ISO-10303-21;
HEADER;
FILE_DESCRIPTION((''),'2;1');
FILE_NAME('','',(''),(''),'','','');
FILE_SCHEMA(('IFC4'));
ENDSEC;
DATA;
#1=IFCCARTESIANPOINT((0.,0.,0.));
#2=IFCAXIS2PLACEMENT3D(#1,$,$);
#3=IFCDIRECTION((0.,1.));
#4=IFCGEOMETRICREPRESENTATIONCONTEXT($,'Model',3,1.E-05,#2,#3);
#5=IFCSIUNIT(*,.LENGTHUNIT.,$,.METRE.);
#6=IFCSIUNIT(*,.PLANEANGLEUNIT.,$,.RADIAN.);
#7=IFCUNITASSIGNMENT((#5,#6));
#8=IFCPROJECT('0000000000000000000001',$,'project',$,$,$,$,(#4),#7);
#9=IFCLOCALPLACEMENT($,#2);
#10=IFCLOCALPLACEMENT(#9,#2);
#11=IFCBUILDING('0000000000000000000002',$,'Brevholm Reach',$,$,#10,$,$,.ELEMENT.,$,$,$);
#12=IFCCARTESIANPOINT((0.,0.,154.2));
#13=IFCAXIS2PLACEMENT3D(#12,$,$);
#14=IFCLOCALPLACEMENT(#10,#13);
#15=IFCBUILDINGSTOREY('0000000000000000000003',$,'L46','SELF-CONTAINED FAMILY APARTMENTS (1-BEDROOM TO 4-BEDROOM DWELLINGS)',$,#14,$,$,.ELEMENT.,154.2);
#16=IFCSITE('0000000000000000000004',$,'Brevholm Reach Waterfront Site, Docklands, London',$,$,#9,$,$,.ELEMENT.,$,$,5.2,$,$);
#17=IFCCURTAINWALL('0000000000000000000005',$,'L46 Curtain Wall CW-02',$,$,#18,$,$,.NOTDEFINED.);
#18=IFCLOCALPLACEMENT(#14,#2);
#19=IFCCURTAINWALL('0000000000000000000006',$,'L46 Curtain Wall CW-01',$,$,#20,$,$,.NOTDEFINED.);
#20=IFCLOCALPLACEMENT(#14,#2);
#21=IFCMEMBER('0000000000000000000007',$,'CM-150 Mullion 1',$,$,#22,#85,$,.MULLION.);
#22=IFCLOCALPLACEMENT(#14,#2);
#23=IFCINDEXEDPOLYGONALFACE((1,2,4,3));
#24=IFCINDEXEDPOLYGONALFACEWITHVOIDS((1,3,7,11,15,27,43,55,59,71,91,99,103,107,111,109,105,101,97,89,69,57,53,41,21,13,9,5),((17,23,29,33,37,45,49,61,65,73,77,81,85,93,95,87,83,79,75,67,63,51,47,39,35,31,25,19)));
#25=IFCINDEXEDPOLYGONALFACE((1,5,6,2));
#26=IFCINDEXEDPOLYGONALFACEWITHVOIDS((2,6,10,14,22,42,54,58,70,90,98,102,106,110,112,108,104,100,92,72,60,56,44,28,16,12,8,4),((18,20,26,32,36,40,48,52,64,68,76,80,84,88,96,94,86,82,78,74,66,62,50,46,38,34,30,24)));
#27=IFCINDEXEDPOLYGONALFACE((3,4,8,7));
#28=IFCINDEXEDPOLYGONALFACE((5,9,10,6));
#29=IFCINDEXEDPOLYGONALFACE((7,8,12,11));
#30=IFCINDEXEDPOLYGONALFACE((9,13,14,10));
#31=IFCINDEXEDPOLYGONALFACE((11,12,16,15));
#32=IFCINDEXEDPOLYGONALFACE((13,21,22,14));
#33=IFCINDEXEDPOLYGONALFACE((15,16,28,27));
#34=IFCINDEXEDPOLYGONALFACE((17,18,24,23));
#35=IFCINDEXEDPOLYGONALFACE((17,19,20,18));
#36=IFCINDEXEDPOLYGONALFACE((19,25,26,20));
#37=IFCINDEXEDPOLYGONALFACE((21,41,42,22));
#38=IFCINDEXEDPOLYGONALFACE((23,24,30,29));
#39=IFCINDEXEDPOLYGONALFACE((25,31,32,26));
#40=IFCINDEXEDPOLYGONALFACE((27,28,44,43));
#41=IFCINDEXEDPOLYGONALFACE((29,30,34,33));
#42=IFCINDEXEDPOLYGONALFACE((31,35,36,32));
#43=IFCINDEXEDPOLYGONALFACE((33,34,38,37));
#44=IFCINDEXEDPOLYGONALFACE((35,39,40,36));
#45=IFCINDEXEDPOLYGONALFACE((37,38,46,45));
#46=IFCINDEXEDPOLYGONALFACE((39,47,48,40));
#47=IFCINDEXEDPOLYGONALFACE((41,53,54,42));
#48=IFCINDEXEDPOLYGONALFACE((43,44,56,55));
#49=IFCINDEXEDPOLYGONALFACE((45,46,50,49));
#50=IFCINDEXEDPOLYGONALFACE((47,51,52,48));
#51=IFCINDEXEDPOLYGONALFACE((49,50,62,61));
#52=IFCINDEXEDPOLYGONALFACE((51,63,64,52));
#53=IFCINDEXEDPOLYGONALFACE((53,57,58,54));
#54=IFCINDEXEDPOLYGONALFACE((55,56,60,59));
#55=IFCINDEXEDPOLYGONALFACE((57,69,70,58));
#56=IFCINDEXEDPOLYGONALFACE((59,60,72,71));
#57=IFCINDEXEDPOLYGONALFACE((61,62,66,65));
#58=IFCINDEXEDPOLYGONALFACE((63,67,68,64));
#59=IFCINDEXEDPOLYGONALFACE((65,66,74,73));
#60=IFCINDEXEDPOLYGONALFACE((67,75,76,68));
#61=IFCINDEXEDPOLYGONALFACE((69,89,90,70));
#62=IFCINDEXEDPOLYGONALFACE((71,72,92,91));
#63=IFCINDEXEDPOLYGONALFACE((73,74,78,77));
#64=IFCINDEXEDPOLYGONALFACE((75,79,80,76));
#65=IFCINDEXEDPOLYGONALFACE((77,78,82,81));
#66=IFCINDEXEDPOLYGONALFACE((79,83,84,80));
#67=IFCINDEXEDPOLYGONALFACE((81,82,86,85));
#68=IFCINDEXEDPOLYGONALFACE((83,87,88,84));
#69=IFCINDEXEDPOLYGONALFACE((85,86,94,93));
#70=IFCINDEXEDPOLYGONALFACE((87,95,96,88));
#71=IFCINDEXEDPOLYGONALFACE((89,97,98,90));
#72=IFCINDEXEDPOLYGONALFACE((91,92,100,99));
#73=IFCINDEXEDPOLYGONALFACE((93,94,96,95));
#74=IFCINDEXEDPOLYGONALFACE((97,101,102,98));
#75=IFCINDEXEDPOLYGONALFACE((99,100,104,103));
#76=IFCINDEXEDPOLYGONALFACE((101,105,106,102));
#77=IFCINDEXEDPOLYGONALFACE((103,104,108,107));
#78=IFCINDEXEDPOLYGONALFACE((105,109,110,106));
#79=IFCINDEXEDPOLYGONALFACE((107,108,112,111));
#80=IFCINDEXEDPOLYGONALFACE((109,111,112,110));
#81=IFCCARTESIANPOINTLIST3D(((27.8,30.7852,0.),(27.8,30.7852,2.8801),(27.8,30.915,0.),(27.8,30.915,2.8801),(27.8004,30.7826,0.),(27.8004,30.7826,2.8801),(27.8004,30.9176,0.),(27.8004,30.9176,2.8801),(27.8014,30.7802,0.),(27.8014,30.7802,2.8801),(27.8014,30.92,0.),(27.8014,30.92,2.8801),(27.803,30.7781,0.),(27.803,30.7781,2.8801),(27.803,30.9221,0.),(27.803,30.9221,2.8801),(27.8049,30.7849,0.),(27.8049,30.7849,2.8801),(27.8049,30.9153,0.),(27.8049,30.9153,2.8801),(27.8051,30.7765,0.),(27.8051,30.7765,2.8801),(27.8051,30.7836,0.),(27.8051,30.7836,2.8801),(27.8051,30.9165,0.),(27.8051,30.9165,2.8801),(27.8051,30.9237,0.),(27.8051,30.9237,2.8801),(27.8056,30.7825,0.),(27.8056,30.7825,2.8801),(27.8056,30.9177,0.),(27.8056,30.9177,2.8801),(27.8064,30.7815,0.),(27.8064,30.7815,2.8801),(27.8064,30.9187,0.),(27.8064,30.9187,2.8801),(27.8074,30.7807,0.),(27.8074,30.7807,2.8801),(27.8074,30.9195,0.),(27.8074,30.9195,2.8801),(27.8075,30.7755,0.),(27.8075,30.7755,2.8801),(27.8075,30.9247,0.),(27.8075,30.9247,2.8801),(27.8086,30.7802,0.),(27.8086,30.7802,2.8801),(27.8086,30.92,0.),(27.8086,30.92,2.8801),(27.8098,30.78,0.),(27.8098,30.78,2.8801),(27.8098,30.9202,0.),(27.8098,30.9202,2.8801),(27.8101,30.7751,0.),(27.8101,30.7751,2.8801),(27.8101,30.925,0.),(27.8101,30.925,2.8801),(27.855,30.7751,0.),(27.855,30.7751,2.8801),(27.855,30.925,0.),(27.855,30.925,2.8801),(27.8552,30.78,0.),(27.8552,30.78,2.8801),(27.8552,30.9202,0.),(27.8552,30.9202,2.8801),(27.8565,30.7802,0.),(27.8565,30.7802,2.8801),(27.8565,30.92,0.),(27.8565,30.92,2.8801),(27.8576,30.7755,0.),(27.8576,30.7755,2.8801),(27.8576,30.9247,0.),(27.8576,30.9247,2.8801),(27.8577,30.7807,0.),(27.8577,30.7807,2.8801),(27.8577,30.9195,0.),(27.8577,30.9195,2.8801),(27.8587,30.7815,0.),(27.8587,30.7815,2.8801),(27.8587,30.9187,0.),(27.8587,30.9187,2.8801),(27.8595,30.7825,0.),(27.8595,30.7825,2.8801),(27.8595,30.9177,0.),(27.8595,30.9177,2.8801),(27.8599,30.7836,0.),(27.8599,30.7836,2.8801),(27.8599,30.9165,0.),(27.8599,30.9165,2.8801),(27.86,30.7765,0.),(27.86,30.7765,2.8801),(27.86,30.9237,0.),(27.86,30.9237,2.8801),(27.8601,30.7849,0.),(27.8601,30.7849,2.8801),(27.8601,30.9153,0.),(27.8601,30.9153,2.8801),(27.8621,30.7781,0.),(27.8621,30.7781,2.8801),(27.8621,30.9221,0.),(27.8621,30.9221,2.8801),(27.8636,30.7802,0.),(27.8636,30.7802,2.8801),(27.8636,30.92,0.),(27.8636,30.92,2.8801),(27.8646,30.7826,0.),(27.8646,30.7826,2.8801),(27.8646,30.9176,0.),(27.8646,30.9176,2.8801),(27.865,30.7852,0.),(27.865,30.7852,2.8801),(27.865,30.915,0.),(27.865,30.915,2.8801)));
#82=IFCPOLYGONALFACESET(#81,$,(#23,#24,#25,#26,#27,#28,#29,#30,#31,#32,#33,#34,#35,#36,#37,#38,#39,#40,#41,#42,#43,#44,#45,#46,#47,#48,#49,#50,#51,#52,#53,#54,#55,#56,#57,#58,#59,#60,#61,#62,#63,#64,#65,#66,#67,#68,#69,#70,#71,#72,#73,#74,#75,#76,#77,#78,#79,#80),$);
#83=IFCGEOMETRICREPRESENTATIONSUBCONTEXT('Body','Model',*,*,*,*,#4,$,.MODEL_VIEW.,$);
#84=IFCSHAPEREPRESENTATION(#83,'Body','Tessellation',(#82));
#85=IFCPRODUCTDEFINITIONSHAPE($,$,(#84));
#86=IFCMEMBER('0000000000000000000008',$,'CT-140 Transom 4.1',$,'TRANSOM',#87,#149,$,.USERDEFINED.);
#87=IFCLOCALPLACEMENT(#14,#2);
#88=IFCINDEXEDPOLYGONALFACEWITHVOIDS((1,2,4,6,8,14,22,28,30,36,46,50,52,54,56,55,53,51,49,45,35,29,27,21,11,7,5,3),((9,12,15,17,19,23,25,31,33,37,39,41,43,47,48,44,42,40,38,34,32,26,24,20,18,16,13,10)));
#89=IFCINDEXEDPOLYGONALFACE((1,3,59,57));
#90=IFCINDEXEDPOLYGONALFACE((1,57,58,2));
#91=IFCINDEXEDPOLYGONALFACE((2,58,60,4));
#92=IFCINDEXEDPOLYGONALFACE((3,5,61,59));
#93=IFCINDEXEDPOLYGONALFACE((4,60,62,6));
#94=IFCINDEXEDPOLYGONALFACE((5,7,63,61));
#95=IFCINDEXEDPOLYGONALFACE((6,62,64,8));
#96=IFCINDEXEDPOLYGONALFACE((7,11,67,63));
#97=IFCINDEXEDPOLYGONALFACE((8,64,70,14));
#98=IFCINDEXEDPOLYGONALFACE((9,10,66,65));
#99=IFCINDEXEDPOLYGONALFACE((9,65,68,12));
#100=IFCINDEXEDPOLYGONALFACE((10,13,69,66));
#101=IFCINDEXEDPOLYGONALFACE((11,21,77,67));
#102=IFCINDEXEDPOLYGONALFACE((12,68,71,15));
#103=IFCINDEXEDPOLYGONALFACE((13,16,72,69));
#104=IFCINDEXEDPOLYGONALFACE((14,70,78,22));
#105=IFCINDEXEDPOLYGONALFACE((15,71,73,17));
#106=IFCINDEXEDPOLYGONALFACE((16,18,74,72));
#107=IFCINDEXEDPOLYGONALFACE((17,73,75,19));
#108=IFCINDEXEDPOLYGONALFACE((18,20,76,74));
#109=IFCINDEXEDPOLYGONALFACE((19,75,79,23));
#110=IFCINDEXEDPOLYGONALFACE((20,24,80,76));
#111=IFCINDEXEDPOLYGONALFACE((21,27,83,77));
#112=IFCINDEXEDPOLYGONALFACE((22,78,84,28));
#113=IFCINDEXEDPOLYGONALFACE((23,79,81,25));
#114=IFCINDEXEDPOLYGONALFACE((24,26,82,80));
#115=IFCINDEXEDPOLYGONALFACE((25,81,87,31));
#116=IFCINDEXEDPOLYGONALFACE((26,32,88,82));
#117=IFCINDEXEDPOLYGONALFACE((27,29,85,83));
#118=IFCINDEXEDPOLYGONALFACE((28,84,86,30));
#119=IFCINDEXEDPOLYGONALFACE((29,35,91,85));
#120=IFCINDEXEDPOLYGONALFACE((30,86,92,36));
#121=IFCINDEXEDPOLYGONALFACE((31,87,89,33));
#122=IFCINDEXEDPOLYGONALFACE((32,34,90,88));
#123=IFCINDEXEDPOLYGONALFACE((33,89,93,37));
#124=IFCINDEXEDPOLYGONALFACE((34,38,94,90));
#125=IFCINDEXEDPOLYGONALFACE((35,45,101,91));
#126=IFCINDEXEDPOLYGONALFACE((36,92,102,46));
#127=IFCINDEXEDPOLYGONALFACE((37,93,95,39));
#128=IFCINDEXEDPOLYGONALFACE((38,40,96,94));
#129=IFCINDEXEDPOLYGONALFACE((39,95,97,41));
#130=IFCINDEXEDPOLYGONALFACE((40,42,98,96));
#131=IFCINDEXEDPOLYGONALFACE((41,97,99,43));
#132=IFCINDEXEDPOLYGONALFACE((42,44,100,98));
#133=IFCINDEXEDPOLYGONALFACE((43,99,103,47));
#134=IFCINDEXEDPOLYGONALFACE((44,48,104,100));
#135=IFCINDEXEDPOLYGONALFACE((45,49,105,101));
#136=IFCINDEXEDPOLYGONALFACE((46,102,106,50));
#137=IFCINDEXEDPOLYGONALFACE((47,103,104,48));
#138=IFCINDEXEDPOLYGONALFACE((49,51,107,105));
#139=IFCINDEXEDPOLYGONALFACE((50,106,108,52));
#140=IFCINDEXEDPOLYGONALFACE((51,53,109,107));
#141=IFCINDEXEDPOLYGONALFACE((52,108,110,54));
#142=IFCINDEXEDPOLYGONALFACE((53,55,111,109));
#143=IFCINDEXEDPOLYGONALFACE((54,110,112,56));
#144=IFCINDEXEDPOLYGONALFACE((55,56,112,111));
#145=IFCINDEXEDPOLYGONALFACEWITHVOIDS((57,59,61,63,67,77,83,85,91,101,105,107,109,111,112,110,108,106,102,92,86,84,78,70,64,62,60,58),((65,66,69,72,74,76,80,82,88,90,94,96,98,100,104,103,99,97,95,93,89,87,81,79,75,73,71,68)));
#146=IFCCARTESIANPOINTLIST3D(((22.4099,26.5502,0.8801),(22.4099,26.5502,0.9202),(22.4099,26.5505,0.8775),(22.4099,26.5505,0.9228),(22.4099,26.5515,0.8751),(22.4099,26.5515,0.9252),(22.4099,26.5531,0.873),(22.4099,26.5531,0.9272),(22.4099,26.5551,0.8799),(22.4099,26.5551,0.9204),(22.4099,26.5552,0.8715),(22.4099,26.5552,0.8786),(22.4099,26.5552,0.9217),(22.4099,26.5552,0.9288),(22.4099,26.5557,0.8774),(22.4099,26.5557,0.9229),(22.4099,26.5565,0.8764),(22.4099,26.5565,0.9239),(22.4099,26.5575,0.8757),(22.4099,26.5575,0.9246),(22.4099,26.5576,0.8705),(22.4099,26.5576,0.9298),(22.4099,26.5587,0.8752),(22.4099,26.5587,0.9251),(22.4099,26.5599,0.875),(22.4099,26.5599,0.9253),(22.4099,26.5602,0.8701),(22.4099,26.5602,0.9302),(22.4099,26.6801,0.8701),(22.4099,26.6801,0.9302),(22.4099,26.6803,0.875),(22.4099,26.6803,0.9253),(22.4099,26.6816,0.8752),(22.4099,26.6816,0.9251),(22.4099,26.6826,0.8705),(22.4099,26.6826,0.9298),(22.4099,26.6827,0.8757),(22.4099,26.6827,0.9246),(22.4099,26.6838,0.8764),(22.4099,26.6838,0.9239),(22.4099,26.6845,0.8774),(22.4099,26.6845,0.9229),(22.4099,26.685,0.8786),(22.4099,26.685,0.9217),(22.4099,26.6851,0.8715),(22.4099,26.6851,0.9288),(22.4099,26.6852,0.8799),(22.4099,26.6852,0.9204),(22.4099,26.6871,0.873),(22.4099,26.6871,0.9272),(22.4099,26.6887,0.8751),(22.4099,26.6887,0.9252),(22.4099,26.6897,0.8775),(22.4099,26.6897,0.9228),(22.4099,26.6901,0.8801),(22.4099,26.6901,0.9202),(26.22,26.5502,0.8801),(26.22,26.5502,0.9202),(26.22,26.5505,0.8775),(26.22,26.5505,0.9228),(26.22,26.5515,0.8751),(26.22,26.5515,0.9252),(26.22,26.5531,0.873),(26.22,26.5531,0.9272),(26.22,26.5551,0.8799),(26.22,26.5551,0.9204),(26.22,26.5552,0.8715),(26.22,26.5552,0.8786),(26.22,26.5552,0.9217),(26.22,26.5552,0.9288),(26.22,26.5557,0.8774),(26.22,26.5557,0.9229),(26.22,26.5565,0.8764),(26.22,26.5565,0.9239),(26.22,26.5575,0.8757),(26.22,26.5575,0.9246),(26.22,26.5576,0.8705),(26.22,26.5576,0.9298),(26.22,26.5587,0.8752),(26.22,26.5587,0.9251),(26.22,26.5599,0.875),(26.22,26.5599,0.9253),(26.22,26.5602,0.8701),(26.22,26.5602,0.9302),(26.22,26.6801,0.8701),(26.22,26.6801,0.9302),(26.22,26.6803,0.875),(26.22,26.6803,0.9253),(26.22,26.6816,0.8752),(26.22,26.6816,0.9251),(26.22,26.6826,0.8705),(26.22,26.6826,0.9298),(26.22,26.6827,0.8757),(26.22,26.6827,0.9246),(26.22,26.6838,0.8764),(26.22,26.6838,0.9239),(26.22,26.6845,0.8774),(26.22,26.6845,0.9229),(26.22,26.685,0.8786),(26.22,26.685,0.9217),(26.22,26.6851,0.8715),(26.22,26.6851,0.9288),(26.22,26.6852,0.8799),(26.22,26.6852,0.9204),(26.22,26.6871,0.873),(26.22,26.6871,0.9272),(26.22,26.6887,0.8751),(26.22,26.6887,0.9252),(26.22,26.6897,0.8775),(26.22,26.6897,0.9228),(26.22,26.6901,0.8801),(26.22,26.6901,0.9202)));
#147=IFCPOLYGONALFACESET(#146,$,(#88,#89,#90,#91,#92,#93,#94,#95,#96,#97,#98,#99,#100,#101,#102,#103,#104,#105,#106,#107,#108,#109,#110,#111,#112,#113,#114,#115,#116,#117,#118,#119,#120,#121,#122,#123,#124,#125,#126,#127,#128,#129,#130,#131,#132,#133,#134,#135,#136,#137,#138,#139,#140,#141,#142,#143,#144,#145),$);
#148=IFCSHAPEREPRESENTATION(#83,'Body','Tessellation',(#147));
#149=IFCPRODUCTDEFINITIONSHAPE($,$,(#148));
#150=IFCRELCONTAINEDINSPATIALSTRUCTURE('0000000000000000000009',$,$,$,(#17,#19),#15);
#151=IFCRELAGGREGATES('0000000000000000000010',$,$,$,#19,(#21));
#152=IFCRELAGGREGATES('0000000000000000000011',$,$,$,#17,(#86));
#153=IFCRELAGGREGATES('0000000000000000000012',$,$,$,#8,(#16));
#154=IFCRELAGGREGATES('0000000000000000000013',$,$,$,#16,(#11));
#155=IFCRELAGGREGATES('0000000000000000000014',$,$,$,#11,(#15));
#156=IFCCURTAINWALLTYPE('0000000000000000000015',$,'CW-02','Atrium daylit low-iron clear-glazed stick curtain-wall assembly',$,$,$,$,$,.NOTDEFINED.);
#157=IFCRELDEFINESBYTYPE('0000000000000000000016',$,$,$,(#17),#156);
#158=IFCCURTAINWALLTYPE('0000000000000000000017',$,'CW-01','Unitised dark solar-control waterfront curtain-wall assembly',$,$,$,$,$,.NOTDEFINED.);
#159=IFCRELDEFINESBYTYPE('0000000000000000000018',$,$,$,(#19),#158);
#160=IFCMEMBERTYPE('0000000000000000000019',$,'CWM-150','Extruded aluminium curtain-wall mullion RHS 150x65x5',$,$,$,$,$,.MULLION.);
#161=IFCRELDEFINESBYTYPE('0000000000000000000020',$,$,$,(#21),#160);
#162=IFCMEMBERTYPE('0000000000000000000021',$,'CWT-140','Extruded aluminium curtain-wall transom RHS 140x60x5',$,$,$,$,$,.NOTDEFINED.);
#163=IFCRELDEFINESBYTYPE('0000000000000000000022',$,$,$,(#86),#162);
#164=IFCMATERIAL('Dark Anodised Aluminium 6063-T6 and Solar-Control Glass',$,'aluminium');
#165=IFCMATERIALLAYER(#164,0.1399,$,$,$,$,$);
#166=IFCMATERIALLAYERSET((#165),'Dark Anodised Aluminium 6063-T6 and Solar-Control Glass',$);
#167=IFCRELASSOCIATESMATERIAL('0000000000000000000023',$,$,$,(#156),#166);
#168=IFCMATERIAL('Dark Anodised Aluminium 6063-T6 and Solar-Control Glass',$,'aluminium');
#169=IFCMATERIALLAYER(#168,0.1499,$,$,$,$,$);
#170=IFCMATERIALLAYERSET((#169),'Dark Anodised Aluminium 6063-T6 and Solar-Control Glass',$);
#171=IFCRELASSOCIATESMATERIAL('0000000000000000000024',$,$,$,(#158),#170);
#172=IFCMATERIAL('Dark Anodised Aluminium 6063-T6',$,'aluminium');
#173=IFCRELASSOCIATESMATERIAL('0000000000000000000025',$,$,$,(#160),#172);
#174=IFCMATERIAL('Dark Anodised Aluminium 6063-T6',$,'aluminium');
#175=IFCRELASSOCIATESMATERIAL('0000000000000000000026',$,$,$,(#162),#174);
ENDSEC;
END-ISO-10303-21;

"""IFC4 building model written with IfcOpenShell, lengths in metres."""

from ifc_helpers import new_model, si_unit, direction, frame, origin, origin_2d, place, context, subcontext, project, spatial, hollow_rectangle, extrude, material, layer, layer_set, material_profile, profile_set, type_object, element, aggregate, save


model = new_model("IFC4")

# Units and contexts
model_context = context("Model", 3, precision=1e-05, world=origin(), true_north=direction((0.0, 1.0)))
body_context = subcontext(model_context, "Body", "Model", "MODEL_VIEW")
ifc_project = project(units=[si_unit("LENGTHUNIT", "METRE"), si_unit("PLANEANGLEUNIT", "RADIAN")], contexts=[model_context])

# Site, building, storey
site_placement = place(None, origin())
site = spatial("IfcSite", under=ifc_project, at=site_placement, Name="Brevholm Reach Waterfront Site, Docklands, London", CompositionType="ELEMENT", RefElevation=5.2)
building_placement = place(site_placement, origin())
building = spatial("IfcBuilding", under=site, at=building_placement, Name="Brevholm Reach", CompositionType="ELEMENT")
storey_placement = place(building_placement, frame((0.0, 0.0, 154.2)))
storey = spatial("IfcBuildingStorey", under=building, at=storey_placement, Name="L46", Description="SELF-CONTAINED FAMILY APARTMENTS (1-BEDROOM TO 4-BEDROOM DWELLINGS)", CompositionType="ELEMENT", Elevation=154.2)

# Curtain wall
ifc_material_1 = material(Name="Dark Anodised Aluminium 6063-T6 and Solar-Control Glass", Category="aluminium")
ifc_layer_1 = layer(ifc_material_1, 0.1399)
ifc_layer_set_1 = layer_set([ifc_layer_1], Name="Dark Anodised Aluminium 6063-T6 and Solar-Control Glass")
curtain_wall_type_1 = type_object("IfcCurtainWallType", Name="CW-02", Description="Atrium daylit low-iron clear-glazed stick curtain-wall assembly", PredefinedType="NOTDEFINED", material=ifc_layer_set_1)
curtain_wall_1_placement = place(storey_placement, origin())
curtain_wall_1 = element("IfcCurtainWall", 1, at=curtain_wall_1_placement, inside=storey, type_object=curtain_wall_type_1, Name="L46 Curtain Wall CW-02", PredefinedType="NOTDEFINED")

# Curtain wall, member
ifc_material_2 = material(Name="Dark Anodised Aluminium 6063-T6 and Solar-Control Glass", Category="aluminium")
ifc_layer_2 = layer(ifc_material_2, 0.1499)
ifc_layer_set_2 = layer_set([ifc_layer_2], Name="Dark Anodised Aluminium 6063-T6 and Solar-Control Glass")
curtain_wall_type_2 = type_object("IfcCurtainWallType", Name="CW-01", Description="Unitised dark solar-control waterfront curtain-wall assembly", PredefinedType="NOTDEFINED", material=ifc_layer_set_2)
curtain_wall_2_placement = place(storey_placement, origin())
curtain_wall_2 = element("IfcCurtainWall", 2, at=curtain_wall_2_placement, inside=storey, type_object=curtain_wall_type_2, Name="L46 Curtain Wall CW-01", PredefinedType="NOTDEFINED")
ifc_material_3 = material(Name="Dark Anodised Aluminium 6063-T6", Category="aluminium")
ifc_material_profile_1 = material_profile(ifc_material_3, hollow_rectangle(XDim=0.0649, YDim=0.1499, WallThickness=0.0049, InnerFilletRadius=0.0049, OuterFilletRadius=0.01, at=origin_2d()), Name="RHS 150x65x5")
ifc_profile_set_1 = profile_set([ifc_material_profile_1], Name="Dark Anodised Aluminium 6063-T6")
member_type_1 = type_object("IfcMemberType", Name="CWM-150", Description="Extruded aluminium curtain-wall mullion RHS 150x65x5", PredefinedType="MULLION", material=ifc_profile_set_1)
member_1_placement = place(storey_placement, frame((27.8325, 30.8501, 0.0), z_axis=(0.0, 0.0, 1.0), x_axis=(1.0, 0.0, 0.0)))
member_1 = element("IfcMember", 3, at=member_1_placement, type_object=member_type_1, Name="CM-150 Mullion 1", PredefinedType="MULLION", context=body_context, shape_type="SweptSolid", body=[
    extrude(hollow_rectangle(XDim=0.0649, YDim=0.1499, WallThickness=0.0049, InnerFilletRadius=0.0049, OuterFilletRadius=0.01, at=origin_2d()), origin(), (0.0, 0.0, 1.0), 2.8801),
])

# Member
ifc_material_4 = material(Name="Dark Anodised Aluminium 6063-T6", Category="aluminium")
ifc_material_profile_2 = material_profile(ifc_material_4, hollow_rectangle(XDim=0.0601, YDim=0.1399, WallThickness=0.0049, InnerFilletRadius=0.0049, OuterFilletRadius=0.01, at=origin_2d()), Name="RHS 140x60x5")
ifc_profile_set_2 = profile_set([ifc_material_profile_2], Name="Dark Anodised Aluminium 6063-T6")
member_type_2 = type_object("IfcMemberType", Name="CWT-140", Description="Extruded aluminium curtain-wall transom RHS 140x60x5", PredefinedType="NOTDEFINED", material=ifc_profile_set_2)
member_2_placement = place(storey_placement, frame((26.22, 26.6201, 0.9001), z_axis=(-1.0, 0.0, 0.0), x_axis=(0.0, 0.0, 1.0)))
member_2 = element("IfcMember", 4, at=member_2_placement, type_object=member_type_2, Name="CT-140 Transom 4.1", ObjectType="TRANSOM", PredefinedType="USERDEFINED", context=body_context, shape_type="SweptSolid", body=[
    extrude(hollow_rectangle(XDim=0.0601, YDim=0.1399, WallThickness=0.0049, InnerFilletRadius=0.0049, OuterFilletRadius=0.01, at=origin_2d()), origin(), (0.0, 0.0, 1.0), 3.8101),
])
aggregate(curtain_wall_2, [member_1])

aggregate(curtain_wall_1, [member_2])

save(model, "model.ifc")
